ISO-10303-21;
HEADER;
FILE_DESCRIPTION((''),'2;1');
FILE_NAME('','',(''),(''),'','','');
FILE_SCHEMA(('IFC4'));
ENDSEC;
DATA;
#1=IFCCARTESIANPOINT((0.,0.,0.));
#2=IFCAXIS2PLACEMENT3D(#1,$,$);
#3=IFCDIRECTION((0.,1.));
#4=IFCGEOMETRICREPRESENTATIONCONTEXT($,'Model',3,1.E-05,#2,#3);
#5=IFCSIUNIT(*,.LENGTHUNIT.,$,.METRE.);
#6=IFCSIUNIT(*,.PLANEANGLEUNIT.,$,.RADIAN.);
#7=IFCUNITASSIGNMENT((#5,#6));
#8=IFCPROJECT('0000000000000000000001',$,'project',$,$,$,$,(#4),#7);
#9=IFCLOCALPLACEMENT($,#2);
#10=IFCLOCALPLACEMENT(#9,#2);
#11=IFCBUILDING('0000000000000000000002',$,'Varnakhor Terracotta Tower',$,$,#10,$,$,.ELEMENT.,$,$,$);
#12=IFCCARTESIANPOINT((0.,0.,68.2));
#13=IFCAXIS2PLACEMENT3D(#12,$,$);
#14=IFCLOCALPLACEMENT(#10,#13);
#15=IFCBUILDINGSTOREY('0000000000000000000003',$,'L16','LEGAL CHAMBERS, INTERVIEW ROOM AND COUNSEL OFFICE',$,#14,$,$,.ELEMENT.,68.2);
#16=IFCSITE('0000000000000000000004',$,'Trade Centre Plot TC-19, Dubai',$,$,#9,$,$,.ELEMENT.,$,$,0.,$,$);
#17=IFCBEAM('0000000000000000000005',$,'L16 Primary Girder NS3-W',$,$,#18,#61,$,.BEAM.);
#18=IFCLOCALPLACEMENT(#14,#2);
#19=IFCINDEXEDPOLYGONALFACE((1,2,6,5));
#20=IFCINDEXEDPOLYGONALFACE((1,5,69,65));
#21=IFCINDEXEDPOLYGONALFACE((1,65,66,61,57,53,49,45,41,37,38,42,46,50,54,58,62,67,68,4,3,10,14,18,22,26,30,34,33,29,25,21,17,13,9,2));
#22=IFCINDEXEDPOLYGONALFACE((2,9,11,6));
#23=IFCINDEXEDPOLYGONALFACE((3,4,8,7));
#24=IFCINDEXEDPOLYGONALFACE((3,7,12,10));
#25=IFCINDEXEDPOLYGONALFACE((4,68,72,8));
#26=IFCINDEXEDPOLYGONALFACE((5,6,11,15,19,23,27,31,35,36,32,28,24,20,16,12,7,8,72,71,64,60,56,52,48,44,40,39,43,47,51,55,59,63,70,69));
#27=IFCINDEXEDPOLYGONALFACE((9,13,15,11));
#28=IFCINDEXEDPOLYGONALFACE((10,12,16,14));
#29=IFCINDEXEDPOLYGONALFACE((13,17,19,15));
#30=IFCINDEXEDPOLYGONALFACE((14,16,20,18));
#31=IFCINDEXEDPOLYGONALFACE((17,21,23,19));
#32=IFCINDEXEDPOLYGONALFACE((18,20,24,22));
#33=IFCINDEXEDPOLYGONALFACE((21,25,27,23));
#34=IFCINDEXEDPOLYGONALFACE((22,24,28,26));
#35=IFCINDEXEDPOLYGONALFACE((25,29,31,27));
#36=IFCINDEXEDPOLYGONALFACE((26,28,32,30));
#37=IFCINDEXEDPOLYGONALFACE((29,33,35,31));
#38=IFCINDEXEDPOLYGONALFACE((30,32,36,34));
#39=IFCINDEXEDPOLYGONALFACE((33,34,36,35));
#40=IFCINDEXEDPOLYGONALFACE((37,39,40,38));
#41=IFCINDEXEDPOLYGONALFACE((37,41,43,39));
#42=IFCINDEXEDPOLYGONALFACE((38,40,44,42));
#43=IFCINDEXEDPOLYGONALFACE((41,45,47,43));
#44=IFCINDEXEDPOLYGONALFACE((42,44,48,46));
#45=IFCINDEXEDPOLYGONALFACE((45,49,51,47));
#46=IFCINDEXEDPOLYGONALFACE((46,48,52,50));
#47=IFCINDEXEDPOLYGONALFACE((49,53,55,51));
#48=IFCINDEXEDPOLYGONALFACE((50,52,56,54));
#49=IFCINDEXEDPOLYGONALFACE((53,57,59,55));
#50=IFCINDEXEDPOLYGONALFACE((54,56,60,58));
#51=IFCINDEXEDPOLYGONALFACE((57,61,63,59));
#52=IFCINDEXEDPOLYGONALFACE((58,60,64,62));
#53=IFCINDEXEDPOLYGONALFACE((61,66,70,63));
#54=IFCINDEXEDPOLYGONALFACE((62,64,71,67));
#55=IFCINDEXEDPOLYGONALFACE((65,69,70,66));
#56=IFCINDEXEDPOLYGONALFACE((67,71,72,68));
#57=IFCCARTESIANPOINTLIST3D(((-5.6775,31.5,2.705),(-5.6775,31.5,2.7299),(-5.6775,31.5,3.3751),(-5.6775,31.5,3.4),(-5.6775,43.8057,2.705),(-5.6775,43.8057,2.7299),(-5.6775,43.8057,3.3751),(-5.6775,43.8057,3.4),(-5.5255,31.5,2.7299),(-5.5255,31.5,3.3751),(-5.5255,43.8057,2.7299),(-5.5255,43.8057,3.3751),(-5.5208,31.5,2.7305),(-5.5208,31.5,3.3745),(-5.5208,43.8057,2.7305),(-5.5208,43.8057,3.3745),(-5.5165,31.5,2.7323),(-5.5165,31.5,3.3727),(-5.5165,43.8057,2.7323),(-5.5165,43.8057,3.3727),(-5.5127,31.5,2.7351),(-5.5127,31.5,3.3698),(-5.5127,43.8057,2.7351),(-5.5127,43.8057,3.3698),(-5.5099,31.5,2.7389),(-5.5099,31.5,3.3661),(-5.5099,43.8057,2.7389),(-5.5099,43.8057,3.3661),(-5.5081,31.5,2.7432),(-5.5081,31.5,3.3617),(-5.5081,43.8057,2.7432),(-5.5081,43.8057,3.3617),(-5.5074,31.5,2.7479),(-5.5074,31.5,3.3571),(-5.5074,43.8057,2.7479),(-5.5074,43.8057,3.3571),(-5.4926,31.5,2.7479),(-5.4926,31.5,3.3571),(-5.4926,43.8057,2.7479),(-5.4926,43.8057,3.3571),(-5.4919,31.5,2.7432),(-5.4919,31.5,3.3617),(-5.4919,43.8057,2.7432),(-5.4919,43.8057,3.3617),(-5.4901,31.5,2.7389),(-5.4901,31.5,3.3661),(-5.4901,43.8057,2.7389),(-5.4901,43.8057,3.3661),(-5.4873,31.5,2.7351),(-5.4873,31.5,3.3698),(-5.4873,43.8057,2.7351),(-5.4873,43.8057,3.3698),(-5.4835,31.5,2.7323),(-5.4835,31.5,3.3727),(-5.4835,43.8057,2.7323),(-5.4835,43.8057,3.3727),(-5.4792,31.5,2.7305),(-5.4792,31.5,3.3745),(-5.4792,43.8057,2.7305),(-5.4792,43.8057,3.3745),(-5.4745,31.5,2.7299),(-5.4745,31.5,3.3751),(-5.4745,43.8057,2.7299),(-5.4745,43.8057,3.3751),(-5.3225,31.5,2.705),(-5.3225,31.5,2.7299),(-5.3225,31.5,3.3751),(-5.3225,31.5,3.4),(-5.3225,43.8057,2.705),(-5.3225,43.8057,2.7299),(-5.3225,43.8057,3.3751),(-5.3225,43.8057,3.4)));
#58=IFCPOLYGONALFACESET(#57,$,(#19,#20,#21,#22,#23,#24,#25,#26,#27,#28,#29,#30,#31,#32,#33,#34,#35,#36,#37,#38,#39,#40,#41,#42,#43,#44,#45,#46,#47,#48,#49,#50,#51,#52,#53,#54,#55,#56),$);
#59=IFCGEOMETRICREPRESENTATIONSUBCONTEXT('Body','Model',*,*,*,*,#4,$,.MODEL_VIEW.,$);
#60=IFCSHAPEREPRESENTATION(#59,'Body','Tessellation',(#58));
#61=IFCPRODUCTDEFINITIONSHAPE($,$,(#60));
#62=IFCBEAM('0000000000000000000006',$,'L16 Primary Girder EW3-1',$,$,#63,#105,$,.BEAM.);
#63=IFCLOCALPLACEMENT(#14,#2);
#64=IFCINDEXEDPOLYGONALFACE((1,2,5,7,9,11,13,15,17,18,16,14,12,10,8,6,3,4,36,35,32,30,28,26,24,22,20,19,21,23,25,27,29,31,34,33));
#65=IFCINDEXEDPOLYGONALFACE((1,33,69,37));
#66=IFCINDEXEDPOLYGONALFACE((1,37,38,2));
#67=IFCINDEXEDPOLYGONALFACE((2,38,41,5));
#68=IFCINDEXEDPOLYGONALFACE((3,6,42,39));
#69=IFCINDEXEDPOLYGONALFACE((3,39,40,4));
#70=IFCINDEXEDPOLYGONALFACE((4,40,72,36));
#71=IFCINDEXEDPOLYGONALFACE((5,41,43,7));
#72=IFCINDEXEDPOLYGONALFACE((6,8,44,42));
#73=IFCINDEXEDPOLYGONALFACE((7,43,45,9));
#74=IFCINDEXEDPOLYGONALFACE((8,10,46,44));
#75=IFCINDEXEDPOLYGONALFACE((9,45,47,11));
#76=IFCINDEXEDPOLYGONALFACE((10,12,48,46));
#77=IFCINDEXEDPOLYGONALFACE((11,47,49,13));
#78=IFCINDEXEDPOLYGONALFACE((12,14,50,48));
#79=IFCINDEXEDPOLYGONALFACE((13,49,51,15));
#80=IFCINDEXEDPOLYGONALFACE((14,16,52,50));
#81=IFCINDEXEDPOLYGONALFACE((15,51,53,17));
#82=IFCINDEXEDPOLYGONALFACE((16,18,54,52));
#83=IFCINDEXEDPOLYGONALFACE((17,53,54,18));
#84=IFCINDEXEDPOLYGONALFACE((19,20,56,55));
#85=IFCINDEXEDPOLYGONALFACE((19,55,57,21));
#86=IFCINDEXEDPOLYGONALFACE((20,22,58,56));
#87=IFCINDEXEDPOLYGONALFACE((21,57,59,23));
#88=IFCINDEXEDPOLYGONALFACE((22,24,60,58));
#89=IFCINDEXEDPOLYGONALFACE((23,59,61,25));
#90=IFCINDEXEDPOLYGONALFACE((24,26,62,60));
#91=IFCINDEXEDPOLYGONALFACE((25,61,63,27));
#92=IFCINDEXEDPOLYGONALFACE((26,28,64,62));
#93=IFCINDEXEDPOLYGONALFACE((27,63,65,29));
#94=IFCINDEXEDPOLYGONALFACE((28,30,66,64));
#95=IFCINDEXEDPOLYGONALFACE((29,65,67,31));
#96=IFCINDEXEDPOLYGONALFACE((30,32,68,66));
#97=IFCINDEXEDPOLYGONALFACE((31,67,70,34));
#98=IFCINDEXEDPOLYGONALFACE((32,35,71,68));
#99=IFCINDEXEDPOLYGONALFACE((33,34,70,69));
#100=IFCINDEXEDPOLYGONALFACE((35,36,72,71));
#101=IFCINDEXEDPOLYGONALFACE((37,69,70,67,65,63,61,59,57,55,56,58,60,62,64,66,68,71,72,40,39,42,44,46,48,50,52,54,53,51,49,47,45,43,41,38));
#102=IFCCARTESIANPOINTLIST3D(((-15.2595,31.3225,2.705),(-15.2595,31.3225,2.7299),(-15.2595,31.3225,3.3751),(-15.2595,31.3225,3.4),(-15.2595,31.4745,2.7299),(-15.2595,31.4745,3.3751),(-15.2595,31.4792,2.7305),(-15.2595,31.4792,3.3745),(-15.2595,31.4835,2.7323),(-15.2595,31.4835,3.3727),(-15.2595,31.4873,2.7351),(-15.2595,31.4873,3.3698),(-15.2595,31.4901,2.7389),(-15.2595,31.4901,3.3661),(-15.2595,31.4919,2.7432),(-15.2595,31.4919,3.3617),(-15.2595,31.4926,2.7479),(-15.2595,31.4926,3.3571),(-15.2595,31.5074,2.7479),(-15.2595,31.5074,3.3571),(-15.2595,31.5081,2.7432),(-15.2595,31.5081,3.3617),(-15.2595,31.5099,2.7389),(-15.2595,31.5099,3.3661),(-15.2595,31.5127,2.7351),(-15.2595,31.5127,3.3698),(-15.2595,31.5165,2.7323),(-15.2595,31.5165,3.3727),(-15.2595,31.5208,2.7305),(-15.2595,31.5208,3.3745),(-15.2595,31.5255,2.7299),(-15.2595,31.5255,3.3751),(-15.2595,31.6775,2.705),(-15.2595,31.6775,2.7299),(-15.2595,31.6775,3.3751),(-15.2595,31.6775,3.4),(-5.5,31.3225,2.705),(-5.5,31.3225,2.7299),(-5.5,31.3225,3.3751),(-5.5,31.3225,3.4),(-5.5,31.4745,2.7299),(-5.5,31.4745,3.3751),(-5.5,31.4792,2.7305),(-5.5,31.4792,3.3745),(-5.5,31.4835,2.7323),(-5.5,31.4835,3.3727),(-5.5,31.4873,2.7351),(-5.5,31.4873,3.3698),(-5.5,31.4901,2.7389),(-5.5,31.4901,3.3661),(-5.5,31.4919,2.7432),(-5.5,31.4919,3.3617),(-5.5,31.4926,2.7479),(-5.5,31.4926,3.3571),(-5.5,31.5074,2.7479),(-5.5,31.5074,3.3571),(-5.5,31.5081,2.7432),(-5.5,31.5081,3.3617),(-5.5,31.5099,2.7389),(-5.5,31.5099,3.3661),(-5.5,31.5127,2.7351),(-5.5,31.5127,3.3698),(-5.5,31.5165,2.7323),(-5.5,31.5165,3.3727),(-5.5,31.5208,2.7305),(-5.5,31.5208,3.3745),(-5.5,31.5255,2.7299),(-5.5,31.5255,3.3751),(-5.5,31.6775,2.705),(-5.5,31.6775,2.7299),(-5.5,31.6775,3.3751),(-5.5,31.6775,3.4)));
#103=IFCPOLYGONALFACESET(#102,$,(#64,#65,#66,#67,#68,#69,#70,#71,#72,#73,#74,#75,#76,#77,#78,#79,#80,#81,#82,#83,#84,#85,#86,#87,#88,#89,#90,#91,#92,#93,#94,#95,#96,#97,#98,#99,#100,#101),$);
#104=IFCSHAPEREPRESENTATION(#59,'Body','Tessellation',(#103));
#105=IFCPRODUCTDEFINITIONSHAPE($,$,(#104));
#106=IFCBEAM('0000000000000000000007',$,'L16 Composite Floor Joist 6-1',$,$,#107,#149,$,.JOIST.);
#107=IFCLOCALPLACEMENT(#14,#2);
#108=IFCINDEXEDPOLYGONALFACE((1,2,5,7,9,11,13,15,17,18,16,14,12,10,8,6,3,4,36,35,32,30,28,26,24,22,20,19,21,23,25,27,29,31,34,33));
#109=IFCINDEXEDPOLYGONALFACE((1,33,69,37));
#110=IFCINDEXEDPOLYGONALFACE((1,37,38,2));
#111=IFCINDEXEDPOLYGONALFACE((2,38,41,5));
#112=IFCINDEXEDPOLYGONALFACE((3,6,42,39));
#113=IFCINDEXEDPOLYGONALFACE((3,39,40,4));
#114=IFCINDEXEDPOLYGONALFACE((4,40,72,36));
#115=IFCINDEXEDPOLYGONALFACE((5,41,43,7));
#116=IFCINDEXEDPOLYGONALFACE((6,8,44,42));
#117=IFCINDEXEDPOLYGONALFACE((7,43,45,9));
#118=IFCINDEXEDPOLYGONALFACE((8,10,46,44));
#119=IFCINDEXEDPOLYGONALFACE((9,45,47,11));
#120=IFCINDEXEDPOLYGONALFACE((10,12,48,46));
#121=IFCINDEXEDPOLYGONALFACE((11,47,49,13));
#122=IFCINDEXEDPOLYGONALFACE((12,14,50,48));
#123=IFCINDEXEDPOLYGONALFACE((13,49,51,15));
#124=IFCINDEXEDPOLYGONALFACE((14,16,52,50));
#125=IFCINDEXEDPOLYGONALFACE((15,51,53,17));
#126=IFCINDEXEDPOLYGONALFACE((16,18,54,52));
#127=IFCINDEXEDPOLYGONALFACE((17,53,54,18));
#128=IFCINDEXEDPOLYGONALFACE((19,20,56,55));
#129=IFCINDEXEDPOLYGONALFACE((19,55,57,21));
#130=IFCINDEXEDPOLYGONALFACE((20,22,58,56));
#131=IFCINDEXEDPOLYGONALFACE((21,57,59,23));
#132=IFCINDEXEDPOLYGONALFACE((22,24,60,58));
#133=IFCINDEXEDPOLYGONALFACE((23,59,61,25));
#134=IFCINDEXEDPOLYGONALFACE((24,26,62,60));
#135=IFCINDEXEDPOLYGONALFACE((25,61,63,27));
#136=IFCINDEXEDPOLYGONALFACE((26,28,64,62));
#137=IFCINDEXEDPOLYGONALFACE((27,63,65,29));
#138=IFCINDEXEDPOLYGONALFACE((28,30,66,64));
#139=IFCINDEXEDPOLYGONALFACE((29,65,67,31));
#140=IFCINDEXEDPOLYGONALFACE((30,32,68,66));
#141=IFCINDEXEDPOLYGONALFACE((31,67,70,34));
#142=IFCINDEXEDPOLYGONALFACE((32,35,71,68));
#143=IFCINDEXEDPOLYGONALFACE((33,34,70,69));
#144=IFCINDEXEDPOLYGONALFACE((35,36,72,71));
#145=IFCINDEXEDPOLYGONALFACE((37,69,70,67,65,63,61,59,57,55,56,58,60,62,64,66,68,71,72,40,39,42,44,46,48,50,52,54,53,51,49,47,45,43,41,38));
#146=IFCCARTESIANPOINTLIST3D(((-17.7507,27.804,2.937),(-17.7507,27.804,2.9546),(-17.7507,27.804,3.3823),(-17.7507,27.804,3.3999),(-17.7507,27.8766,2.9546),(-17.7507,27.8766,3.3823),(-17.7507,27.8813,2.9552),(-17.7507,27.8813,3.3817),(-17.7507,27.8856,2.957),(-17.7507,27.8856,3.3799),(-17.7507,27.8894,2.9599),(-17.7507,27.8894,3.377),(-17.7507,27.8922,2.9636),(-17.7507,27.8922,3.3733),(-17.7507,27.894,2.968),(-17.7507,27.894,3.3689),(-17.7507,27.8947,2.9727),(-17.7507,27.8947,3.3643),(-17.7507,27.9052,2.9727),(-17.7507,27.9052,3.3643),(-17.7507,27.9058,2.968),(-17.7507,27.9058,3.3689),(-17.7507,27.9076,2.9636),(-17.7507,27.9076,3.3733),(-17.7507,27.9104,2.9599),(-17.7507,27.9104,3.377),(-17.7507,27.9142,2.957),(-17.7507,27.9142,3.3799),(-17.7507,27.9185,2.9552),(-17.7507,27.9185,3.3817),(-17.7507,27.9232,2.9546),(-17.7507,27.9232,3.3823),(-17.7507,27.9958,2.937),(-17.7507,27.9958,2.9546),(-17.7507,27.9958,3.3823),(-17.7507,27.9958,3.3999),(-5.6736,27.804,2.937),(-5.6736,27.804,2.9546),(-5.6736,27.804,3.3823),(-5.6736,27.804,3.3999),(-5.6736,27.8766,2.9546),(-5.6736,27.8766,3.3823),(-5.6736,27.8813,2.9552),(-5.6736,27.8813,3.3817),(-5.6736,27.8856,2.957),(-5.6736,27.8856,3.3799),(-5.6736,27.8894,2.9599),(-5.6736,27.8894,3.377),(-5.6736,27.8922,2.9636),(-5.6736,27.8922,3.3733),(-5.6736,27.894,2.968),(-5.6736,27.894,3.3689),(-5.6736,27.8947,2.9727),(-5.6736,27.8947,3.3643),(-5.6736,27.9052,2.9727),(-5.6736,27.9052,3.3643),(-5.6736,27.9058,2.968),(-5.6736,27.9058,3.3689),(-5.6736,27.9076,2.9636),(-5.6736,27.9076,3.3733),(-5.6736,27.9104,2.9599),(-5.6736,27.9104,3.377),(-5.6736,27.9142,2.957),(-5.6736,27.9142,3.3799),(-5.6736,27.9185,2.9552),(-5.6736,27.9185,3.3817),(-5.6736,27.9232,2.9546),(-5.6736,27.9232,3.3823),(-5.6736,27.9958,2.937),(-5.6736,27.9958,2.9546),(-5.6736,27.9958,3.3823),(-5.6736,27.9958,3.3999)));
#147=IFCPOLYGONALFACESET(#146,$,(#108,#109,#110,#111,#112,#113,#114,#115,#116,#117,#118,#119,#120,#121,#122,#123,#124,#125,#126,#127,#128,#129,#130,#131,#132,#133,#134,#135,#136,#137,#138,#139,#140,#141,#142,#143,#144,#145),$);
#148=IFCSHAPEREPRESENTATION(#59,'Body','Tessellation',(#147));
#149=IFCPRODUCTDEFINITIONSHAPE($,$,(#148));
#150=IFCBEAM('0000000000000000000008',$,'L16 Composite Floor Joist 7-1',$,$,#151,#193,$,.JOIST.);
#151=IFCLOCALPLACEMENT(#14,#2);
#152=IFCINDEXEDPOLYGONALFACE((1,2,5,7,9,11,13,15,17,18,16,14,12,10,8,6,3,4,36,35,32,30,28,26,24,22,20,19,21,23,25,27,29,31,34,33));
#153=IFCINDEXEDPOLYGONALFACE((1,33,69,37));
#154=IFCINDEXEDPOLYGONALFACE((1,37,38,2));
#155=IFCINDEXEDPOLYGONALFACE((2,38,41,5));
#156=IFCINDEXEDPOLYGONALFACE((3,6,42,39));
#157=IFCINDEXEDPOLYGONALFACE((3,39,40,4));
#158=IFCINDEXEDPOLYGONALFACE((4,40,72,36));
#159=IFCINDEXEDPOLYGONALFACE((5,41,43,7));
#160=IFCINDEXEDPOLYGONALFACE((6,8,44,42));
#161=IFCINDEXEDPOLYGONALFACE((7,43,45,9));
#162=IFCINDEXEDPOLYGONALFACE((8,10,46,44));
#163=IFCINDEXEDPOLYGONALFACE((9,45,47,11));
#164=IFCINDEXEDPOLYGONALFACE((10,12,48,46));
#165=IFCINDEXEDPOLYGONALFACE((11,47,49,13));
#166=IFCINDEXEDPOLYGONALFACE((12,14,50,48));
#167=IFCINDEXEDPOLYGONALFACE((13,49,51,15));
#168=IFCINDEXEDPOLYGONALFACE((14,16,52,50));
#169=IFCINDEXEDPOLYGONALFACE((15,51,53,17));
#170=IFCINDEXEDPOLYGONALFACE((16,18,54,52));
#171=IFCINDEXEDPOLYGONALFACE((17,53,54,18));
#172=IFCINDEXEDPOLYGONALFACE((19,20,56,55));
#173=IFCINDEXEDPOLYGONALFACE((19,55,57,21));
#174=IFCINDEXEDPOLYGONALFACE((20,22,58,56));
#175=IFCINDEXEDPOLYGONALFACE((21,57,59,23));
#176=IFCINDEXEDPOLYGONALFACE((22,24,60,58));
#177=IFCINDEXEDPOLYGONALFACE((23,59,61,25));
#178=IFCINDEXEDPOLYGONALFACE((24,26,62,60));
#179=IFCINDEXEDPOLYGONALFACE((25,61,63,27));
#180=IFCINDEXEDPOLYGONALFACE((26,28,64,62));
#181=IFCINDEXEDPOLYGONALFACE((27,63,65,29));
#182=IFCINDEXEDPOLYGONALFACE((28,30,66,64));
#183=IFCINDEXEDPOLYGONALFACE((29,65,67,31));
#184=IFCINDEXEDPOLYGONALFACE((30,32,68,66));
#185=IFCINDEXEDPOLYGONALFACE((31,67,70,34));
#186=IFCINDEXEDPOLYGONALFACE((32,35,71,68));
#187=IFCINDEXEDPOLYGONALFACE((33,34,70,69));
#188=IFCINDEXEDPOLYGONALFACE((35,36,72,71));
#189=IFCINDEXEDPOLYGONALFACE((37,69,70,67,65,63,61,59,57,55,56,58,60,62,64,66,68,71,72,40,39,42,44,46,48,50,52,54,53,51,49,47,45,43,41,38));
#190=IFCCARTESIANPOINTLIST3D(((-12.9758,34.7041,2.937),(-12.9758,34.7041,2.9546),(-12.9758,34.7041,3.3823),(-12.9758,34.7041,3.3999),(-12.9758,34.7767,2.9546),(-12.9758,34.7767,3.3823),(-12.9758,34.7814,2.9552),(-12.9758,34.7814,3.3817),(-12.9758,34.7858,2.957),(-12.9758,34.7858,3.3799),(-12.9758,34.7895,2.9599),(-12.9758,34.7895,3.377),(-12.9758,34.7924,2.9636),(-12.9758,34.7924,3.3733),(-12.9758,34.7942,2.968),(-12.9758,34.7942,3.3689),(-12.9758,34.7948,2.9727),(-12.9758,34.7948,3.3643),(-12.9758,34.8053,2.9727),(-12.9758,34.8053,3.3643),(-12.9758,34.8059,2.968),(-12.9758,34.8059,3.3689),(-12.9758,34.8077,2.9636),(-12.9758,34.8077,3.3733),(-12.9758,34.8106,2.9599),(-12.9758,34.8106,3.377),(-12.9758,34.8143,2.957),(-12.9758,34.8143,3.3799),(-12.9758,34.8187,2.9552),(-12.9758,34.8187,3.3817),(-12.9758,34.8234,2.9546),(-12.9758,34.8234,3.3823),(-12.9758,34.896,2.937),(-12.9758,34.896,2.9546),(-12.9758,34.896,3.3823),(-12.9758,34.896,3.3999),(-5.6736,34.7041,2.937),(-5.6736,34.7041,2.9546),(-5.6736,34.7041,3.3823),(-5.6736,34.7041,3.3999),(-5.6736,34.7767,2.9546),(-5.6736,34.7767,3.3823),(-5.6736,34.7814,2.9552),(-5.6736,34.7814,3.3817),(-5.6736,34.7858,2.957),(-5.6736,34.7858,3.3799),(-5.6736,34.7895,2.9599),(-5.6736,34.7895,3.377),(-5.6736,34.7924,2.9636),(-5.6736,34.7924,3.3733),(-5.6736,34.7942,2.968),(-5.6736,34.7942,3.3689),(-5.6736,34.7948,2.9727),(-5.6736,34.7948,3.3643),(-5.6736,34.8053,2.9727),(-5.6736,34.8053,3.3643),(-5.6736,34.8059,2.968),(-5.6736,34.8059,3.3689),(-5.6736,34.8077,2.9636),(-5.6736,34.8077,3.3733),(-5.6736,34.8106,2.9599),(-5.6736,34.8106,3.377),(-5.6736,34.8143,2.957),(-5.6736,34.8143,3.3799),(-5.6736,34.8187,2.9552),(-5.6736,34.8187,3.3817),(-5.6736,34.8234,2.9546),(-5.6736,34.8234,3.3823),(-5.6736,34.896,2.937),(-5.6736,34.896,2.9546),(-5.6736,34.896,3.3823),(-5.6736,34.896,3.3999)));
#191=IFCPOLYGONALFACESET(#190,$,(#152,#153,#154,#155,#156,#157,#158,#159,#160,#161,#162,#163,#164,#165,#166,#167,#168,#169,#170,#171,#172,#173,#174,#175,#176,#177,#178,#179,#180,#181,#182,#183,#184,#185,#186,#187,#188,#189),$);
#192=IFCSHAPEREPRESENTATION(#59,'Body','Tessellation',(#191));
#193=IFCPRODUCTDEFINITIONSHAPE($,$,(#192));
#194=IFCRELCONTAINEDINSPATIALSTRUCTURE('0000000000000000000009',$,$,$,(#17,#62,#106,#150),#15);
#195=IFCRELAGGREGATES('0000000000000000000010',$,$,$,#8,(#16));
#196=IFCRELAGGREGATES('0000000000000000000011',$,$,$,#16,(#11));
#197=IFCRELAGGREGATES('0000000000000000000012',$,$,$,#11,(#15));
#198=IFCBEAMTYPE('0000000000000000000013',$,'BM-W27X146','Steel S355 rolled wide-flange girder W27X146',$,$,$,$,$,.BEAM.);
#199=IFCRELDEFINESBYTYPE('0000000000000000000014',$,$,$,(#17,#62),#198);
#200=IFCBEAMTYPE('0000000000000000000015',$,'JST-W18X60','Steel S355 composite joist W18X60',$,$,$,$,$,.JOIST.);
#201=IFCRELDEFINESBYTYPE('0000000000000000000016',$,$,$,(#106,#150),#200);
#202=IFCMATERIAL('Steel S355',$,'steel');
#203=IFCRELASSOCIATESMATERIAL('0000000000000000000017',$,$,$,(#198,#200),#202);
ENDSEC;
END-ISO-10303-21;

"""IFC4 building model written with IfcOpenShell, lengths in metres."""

from ifc_helpers import new_model, si_unit, direction, frame, origin, origin_2d, place, context, subcontext, project, spatial, i_section, extrude, source, transform, mapped, material, material_profile, profile_set, type_object, element, save


model = new_model("IFC4")

# Units and contexts
model_context = context("Model", 3, precision=1e-05, world=origin(), true_north=direction((0.0, 1.0)))
body_context = subcontext(model_context, "Body", "Model", "MODEL_VIEW")
ifc_project = project(units=[si_unit("LENGTHUNIT", "METRE"), si_unit("PLANEANGLEUNIT", "RADIAN")], contexts=[model_context])

# Site, building, storey
site_placement = place(None, origin())
site = spatial("IfcSite", under=ifc_project, at=site_placement, Name="Trade Centre Plot TC-19, Dubai", CompositionType="ELEMENT", RefElevation=0.0)
building_placement = place(site_placement, origin())
building = spatial("IfcBuilding", under=site, at=building_placement, Name="Varnakhor Terracotta Tower", CompositionType="ELEMENT")
storey_placement = place(building_placement, frame((0.0, 0.0, 68.2)))
storey = spatial("IfcBuildingStorey", under=building, at=storey_placement, Name="L16", Description="LEGAL CHAMBERS, INTERVIEW ROOM AND COUNSEL OFFICE", CompositionType="ELEMENT", Elevation=68.2)

# Beams
ifc_material_1 = material(Name="Steel S355", Category="steel")
ifc_material_profile_1 = material_profile(ifc_material_1, i_section(OverallWidth=0.355, OverallDepth=0.6951, WebThickness=0.0149, FlangeThickness=0.0249, FilletRadius=0.0181, at=origin_2d()), Name="W27X146")
ifc_profile_set_1 = profile_set([ifc_material_profile_1], Name="Steel S355")
beam_type_1 = type_object("IfcBeamType", Name="BM-W27X146", Description="Steel S355 rolled wide-flange girder W27X146", PredefinedType="BEAM", material=ifc_profile_set_1)
ifc_material_profile_2 = material_profile(ifc_material_1, i_section(OverallWidth=0.1919, OverallDepth=0.4629, WebThickness=0.0105, FlangeThickness=0.0176, FilletRadius=0.0181, at=origin_2d()), Name="W18X60")
ifc_profile_set_2 = profile_set([ifc_material_profile_2], Name="Steel S355")
beam_type_2 = type_object("IfcBeamType", Name="JST-W18X60", Description="Steel S355 composite joist W18X60", PredefinedType="JOIST", material=ifc_profile_set_2)
shared_shape_1 = source(origin(), body_context, "Body", "SweptSolid", [
    extrude(i_section(OverallWidth=0.355, OverallDepth=0.6951, WebThickness=0.0149, FlangeThickness=0.0249, FilletRadius=0.0181, at=origin_2d()), origin(), (0.0, 0.0, 1.0), 12.3057),
])
beam_1_placement = place(storey_placement, frame((-5.5, 31.5, 3.0525), z_axis=(0.0, 1.0, 0.0), x_axis=(-1.0, 0.0, 0.0)))
element("IfcBeam", 1, at=beam_1_placement, inside=storey, type_object=beam_type_1, Name="L16 Primary Girder NS3-W", PredefinedType="BEAM", context=body_context, shape_type="MappedRepresentation", body=[
    mapped(shared_shape_1, transform((0.0, 0.0, 0.0), scale=1.0)),
])
shared_shape_2 = source(origin(), body_context, "Body", "SweptSolid", [
    extrude(i_section(OverallWidth=0.355, OverallDepth=0.6951, WebThickness=0.0149, FlangeThickness=0.0249, FilletRadius=0.0181, at=origin_2d()), origin(), (0.0, 0.0, 1.0), 9.7595),
])
beam_2_placement = place(storey_placement, frame((-15.2595, 31.5, 3.0525), z_axis=(1.0, 0.0, 0.0), x_axis=(0.0, 1.0, 0.0)))
element("IfcBeam", 2, at=beam_2_placement, inside=storey, type_object=beam_type_1, Name="L16 Primary Girder EW3-1", PredefinedType="BEAM", context=body_context, shape_type="MappedRepresentation", body=[
    mapped(shared_shape_2, transform((0.0, 0.0, 0.0), scale=1.0)),
])
shared_shape_3 = source(origin(), body_context, "Body", "SweptSolid", [
    extrude(i_section(OverallWidth=0.1919, OverallDepth=0.4629, WebThickness=0.0105, FlangeThickness=0.0176, FilletRadius=0.0181, at=origin_2d()), origin(), (0.0, 0.0, 1.0), 12.0771),
])
beam_3_placement = place(storey_placement, frame((-17.7507, 27.8999, 3.1685), z_axis=(1.0, 0.0, 0.0), x_axis=(0.0, 1.0, 0.0)))
element("IfcBeam", 3, at=beam_3_placement, inside=storey, type_object=beam_type_2, Name="L16 Composite Floor Joist 6-1", PredefinedType="JOIST", context=body_context, shape_type="MappedRepresentation", body=[
    mapped(shared_shape_3, transform((0.0, 0.0, 0.0), scale=1.0)),
])
shared_shape_4 = source(origin(), body_context, "Body", "SweptSolid", [
    extrude(i_section(OverallWidth=0.1919, OverallDepth=0.4629, WebThickness=0.0105, FlangeThickness=0.0176, FilletRadius=0.0181, at=origin_2d()), origin(), (0.0, 0.0, 1.0), 7.3022),
])
beam_4_placement = place(storey_placement, frame((-12.9758, 34.8, 3.1685), z_axis=(1.0, 0.0, 0.0), x_axis=(0.0, 1.0, 0.0)))
element("IfcBeam", 4, at=beam_4_placement, inside=storey, type_object=beam_type_2, Name="L16 Composite Floor Joist 7-1", PredefinedType="JOIST", context=body_context, shape_type="MappedRepresentation", body=[
    mapped(shared_shape_4, transform((0.0, 0.0, 0.0), scale=1.0)),
])

save(model, "model.ifc")
